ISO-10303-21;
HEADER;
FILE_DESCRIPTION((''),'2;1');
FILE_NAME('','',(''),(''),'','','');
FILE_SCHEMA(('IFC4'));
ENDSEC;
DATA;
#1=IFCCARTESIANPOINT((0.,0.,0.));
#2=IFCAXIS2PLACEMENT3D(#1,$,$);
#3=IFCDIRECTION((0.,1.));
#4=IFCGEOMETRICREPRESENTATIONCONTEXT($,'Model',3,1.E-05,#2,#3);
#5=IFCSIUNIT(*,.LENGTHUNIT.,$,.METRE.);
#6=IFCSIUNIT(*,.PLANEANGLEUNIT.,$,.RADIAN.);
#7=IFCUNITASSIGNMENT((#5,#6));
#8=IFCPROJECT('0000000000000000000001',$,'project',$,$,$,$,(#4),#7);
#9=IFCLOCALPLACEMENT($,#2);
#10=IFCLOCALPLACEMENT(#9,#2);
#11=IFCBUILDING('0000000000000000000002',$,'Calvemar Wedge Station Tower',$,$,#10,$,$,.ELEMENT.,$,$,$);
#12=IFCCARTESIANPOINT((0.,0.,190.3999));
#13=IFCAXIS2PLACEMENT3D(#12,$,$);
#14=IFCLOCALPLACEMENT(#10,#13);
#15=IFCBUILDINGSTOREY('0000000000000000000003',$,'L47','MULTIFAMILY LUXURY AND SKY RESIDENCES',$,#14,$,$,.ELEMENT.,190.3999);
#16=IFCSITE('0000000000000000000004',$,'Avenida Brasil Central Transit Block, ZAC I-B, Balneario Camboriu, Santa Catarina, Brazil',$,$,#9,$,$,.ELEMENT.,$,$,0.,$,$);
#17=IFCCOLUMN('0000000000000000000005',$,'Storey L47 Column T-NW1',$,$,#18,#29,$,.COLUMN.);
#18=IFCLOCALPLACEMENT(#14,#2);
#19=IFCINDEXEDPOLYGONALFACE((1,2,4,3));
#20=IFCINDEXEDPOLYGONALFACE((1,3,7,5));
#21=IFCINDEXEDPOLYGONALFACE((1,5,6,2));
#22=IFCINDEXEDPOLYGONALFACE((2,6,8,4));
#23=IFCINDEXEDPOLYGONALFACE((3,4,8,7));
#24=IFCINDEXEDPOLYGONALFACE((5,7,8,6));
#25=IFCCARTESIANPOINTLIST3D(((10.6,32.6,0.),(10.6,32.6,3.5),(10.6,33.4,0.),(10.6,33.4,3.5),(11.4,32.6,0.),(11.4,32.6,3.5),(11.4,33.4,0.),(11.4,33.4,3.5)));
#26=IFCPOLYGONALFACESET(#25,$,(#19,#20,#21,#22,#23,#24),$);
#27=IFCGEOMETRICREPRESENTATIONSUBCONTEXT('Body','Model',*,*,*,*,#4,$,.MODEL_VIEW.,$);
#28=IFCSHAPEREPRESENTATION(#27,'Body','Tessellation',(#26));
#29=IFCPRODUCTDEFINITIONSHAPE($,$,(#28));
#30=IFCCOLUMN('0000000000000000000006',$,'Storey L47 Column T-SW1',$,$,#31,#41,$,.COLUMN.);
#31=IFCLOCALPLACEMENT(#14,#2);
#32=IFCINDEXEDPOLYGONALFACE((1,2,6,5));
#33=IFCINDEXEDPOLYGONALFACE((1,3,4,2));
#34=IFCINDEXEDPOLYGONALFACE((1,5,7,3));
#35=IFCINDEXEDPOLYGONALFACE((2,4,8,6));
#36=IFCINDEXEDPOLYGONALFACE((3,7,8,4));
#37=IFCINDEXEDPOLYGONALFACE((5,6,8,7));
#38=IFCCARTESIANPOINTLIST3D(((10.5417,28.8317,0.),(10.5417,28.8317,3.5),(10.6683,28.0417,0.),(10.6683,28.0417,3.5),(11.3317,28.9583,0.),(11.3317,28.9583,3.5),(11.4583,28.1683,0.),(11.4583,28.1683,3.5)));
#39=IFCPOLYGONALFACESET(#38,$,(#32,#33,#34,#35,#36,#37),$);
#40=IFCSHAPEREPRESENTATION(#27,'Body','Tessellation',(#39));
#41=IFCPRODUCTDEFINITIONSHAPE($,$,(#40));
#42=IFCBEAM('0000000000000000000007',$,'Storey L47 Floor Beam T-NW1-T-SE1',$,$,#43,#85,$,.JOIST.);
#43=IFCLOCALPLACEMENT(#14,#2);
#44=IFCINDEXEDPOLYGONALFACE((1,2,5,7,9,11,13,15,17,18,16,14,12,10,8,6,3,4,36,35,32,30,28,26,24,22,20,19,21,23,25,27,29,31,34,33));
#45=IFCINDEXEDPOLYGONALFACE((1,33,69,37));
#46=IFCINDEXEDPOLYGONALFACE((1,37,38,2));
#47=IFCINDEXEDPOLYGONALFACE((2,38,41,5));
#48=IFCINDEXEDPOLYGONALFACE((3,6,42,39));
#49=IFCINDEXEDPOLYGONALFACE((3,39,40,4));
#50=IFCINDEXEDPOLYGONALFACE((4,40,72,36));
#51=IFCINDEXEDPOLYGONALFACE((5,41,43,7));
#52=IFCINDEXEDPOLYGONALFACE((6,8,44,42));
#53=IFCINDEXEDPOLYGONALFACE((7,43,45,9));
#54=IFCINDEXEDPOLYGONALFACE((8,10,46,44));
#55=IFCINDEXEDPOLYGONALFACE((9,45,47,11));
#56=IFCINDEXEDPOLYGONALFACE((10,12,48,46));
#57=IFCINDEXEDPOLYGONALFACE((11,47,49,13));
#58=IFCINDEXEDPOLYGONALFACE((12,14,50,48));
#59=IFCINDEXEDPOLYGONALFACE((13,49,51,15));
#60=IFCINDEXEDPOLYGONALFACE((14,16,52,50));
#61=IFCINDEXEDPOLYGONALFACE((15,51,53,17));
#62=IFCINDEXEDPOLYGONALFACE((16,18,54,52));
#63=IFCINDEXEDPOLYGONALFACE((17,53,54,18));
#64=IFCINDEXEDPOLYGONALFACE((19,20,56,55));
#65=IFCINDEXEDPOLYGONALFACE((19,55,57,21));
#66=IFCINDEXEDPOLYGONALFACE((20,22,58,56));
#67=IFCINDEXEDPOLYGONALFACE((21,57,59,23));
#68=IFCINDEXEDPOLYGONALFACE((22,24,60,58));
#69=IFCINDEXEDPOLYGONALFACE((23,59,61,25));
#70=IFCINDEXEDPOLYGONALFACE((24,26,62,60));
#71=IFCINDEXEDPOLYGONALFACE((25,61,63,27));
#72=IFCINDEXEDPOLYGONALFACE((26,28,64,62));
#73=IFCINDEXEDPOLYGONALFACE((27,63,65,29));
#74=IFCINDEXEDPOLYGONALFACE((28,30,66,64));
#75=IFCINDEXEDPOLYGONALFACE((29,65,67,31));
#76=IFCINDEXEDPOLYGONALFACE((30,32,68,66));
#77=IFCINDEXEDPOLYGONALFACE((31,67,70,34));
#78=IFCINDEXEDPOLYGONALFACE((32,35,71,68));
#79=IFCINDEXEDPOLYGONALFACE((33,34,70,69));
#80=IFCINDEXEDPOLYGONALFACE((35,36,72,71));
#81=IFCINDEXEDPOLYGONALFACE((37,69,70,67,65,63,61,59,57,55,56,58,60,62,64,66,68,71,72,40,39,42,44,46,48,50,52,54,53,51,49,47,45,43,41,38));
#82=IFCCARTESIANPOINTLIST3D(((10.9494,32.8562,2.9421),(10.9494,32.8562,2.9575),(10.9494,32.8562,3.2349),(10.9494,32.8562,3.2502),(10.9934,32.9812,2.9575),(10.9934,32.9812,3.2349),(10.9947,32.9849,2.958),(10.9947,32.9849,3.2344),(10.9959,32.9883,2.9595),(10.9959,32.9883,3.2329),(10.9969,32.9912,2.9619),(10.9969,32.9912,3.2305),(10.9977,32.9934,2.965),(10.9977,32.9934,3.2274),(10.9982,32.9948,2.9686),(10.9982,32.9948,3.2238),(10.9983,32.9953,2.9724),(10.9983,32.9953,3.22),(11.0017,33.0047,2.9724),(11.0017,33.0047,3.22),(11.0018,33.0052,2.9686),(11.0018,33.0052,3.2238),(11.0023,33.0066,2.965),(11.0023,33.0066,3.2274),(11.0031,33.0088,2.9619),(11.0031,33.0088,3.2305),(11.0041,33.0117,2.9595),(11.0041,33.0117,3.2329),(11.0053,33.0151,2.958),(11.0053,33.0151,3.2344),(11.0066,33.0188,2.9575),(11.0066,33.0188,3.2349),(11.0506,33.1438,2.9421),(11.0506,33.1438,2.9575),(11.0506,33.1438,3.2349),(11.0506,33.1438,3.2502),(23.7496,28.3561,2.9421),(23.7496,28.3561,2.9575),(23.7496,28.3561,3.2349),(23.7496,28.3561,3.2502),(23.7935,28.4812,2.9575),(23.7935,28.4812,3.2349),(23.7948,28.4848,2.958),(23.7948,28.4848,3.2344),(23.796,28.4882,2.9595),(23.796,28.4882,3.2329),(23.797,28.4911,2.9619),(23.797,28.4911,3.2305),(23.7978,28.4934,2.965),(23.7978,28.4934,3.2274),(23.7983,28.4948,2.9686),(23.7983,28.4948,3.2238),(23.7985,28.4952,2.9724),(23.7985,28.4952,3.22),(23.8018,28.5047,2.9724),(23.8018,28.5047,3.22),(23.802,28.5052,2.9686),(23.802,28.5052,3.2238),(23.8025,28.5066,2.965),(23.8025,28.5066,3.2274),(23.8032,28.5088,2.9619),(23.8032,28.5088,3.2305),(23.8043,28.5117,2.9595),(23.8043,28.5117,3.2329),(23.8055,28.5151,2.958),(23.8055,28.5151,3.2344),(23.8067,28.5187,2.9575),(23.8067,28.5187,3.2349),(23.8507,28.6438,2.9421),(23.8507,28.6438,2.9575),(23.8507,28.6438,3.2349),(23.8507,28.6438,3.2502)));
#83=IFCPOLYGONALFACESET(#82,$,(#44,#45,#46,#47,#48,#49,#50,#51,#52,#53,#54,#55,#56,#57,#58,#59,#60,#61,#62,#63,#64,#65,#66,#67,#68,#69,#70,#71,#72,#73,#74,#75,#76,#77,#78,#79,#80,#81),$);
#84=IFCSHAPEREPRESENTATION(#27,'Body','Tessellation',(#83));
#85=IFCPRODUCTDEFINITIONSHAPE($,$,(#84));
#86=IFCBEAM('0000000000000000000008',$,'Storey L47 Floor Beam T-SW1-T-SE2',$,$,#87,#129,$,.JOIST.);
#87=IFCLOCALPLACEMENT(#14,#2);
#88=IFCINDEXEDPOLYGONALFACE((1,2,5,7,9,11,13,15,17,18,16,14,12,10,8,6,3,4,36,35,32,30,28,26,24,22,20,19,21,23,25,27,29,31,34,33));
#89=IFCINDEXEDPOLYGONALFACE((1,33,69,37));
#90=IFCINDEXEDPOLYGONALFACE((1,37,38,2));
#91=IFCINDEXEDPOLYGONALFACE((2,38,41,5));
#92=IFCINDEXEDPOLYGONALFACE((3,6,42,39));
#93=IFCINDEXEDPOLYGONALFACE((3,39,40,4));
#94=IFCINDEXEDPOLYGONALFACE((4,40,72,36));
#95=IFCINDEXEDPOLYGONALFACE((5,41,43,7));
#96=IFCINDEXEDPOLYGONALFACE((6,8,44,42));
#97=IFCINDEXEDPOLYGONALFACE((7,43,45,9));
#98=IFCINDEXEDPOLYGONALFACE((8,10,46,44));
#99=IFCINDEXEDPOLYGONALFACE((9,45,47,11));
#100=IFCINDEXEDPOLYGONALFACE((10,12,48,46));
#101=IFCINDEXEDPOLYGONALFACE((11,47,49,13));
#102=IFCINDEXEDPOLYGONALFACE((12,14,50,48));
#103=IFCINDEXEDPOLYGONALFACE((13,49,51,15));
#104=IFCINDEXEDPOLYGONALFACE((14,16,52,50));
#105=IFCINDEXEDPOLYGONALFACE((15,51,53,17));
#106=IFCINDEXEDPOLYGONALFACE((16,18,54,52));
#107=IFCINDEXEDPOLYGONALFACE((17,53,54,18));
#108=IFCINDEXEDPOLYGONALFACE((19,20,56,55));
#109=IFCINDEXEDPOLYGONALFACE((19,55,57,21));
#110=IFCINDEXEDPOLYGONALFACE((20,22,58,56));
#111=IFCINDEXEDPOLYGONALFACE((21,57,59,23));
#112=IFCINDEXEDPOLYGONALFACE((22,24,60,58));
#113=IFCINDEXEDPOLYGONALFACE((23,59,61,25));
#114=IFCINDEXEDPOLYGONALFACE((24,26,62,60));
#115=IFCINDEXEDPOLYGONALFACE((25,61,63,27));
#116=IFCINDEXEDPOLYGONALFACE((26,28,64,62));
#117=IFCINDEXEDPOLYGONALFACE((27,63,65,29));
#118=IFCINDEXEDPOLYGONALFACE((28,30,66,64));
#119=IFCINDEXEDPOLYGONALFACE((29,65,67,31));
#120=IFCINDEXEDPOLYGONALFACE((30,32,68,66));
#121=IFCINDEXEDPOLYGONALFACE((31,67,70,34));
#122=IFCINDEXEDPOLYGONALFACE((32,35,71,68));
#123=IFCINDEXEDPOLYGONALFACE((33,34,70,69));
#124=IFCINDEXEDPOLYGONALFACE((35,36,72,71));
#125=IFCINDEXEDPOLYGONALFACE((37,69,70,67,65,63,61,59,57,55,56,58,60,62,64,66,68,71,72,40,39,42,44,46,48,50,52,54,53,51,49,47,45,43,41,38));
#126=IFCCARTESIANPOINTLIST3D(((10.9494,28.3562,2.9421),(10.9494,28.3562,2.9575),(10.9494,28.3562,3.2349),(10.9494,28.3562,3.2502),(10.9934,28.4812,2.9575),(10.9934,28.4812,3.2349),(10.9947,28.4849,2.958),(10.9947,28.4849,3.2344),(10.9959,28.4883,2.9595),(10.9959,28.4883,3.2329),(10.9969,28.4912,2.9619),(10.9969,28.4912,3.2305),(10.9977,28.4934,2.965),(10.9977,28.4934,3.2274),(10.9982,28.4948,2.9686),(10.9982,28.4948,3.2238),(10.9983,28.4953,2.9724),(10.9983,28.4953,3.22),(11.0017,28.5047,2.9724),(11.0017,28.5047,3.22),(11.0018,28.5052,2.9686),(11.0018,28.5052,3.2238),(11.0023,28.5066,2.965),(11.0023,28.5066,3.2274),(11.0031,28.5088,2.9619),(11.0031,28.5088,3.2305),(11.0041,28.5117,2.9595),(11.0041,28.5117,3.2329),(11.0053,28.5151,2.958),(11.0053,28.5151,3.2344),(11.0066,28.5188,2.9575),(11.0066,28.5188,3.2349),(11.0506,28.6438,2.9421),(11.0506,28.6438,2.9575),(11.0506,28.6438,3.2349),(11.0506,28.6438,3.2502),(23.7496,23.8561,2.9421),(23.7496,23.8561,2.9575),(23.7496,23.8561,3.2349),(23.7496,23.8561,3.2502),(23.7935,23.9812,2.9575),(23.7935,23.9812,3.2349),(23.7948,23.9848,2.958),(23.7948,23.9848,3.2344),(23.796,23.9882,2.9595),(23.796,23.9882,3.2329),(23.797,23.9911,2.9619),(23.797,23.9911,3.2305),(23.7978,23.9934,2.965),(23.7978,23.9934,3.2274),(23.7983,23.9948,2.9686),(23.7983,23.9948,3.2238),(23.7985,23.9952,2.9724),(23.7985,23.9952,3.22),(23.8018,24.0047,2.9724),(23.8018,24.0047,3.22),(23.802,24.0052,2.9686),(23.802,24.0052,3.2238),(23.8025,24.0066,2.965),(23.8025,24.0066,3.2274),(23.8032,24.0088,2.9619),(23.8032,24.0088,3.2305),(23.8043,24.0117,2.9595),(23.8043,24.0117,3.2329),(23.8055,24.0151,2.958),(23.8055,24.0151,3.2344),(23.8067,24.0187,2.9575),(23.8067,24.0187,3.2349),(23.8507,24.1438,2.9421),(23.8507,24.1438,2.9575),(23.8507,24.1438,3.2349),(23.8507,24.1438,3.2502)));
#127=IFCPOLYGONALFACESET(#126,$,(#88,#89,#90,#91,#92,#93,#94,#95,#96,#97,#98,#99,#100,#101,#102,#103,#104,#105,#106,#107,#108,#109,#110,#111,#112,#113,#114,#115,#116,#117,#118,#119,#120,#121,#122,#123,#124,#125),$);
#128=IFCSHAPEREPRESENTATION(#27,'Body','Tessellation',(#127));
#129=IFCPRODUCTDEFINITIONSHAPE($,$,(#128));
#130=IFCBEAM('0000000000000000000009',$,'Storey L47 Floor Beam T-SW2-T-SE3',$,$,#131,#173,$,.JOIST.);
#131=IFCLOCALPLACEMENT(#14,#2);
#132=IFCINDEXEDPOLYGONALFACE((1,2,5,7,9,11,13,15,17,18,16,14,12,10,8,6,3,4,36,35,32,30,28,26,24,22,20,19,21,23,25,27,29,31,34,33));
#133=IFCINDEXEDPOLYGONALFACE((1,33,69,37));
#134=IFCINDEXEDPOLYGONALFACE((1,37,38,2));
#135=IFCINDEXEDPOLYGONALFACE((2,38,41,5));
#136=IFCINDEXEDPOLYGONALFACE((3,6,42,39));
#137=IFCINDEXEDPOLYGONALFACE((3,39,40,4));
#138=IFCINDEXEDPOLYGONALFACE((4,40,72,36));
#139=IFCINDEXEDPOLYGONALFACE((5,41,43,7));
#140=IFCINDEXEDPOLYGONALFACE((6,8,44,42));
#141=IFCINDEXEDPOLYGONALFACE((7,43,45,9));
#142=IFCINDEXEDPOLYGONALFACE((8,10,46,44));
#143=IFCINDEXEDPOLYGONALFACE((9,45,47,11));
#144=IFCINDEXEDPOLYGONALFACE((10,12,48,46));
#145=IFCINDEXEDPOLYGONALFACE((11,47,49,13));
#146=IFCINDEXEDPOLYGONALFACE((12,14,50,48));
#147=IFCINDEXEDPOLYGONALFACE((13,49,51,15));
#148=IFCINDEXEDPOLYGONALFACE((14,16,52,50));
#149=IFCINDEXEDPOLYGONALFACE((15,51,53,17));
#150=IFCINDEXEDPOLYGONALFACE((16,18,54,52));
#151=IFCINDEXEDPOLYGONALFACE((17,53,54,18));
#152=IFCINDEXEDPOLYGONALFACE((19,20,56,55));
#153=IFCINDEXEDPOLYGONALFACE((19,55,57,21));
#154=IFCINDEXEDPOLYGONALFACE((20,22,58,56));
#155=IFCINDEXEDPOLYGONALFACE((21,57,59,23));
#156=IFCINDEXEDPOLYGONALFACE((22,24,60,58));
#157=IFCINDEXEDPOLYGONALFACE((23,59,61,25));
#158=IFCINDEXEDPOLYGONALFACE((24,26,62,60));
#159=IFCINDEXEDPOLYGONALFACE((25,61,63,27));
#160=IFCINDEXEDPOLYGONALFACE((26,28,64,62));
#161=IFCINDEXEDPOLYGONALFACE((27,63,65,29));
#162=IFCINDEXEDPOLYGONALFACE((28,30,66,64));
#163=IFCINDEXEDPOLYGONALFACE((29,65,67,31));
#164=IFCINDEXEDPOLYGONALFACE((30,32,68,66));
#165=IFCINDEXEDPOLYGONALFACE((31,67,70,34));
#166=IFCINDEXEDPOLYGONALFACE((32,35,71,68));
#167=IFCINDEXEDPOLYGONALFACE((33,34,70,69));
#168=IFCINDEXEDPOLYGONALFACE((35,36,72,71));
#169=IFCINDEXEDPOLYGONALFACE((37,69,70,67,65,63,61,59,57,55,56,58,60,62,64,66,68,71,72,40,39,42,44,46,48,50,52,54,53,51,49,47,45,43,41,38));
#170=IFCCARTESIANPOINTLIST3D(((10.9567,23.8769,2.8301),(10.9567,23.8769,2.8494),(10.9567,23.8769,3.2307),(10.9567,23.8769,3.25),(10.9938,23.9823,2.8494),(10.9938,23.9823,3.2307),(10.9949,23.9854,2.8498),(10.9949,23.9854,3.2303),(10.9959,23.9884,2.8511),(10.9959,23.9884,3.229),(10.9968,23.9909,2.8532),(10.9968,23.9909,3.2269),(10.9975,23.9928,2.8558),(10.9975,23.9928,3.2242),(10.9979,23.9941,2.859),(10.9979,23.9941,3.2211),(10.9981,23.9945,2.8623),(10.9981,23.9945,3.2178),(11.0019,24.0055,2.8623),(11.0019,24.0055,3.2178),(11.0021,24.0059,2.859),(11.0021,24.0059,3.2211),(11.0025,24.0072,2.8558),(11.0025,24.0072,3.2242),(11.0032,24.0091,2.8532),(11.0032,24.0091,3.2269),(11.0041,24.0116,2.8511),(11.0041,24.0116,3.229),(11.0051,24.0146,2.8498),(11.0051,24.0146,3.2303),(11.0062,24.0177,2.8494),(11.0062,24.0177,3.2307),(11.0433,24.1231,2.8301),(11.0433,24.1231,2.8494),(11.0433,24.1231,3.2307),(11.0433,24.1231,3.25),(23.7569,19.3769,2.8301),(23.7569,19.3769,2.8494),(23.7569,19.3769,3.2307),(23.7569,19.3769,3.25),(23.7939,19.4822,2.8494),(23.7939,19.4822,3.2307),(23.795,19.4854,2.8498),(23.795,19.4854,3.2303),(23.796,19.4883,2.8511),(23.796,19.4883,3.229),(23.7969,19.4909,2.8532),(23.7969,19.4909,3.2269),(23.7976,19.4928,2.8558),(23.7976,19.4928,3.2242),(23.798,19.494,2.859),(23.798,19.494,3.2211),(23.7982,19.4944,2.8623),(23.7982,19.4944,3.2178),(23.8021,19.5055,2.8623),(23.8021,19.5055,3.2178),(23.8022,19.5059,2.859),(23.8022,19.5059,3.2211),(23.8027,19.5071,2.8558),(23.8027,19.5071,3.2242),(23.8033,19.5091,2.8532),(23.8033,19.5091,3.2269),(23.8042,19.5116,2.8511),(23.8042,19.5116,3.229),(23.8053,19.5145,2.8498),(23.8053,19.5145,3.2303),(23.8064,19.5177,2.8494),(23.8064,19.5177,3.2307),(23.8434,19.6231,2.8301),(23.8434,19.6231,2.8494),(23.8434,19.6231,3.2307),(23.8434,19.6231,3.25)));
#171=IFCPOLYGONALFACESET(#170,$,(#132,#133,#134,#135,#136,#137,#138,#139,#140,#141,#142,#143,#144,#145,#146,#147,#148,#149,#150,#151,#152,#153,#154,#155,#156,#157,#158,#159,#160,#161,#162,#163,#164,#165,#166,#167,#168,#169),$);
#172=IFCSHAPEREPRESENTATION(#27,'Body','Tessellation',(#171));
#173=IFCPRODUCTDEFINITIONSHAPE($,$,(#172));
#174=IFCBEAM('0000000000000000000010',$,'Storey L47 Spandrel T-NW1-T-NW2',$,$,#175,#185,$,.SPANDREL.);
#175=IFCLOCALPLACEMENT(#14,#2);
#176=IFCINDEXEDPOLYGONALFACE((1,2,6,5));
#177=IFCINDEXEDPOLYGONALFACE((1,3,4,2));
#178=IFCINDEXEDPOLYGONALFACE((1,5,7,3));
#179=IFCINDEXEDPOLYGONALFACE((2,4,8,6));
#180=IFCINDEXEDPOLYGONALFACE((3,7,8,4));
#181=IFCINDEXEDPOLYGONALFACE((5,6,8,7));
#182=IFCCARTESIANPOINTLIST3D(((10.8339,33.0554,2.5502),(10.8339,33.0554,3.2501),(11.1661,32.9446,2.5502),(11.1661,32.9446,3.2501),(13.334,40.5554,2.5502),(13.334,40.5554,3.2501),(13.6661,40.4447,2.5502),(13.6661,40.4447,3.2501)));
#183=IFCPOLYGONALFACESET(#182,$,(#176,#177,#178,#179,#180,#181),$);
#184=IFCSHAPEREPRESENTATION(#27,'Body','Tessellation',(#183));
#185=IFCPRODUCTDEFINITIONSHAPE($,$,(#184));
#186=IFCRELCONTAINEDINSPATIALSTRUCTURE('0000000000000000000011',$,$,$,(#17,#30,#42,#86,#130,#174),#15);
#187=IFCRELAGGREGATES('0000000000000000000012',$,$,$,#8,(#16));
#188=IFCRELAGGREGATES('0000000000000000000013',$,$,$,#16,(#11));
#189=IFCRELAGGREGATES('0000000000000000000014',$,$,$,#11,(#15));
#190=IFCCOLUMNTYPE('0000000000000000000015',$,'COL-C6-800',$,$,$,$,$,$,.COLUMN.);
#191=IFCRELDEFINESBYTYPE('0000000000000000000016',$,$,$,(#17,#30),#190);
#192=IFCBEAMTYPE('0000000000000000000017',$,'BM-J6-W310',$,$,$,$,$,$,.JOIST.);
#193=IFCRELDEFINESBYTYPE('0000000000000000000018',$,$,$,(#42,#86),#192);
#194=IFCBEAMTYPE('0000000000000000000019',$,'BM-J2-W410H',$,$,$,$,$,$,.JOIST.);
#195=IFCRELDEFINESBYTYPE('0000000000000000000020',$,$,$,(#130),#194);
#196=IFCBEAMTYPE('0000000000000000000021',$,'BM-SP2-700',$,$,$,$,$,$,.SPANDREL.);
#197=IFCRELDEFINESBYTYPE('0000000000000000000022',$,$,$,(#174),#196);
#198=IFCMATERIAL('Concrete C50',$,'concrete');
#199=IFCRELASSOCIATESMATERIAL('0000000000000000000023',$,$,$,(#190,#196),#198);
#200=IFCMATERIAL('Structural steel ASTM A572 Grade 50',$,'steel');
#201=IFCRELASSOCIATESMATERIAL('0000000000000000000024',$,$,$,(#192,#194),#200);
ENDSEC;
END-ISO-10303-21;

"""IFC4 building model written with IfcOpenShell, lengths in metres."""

from ifc_helpers import new_model, si_unit, direction, frame, origin, origin_2d, place, context, subcontext, project, spatial, rectangle, i_section, extrude, source, transform, mapped, material, material_profile, profile_set, type_object, element, save


model = new_model("IFC4")

# Units and contexts
model_context = context("Model", 3, precision=1e-05, world=origin(), true_north=direction((0.0, 1.0)))
body_context = subcontext(model_context, "Body", "Model", "MODEL_VIEW")
ifc_project = project(units=[si_unit("LENGTHUNIT", "METRE"), si_unit("PLANEANGLEUNIT", "RADIAN")], contexts=[model_context])

# Site, building, storey
site_placement = place(None, origin())
site = spatial("IfcSite", under=ifc_project, at=site_placement, Name="Avenida Brasil Central Transit Block, ZAC I-B, Balneario Camboriu, Santa Catarina, Brazil", CompositionType="ELEMENT", RefElevation=0.0)
building_placement = place(site_placement, origin())
building = spatial("IfcBuilding", under=site, at=building_placement, Name="Calvemar Wedge Station Tower", CompositionType="ELEMENT")
storey_placement = place(building_placement, frame((0.0, 0.0, 190.3999)))
storey = spatial("IfcBuildingStorey", under=building, at=storey_placement, Name="L47", Description="MULTIFAMILY LUXURY AND SKY RESIDENCES", CompositionType="ELEMENT", Elevation=190.3999)

# Columns
ifc_material_1 = material(Name="Concrete C50", Category="concrete")
ifc_material_profile_1 = material_profile(ifc_material_1, rectangle(XDim=0.8, YDim=0.8, at=origin_2d()), Name="RC800x800")
ifc_profile_set_1 = profile_set([ifc_material_profile_1], Name="Concrete C50")
column_type = type_object("IfcColumnType", Name="COL-C6-800", PredefinedType="COLUMN", material=ifc_profile_set_1)
shared_shape_1 = source(origin(), body_context, "Body", "SweptSolid", [
    extrude(rectangle(XDim=0.8, YDim=0.8, at=origin_2d()), origin(), (0.0, 0.0, 1.0), 3.5),
])
for number, where, z_axis, x_axis, name in (
    (1, (11.0, 33.0, 0.0), (0.0, 0.0, 1.0), (1.0, 0.0, 0.0), "Storey L47 Column T-NW1"),
    (2, (11.0, 28.5, 0.0), (0.0, 0.0, 1.0), (0.158158, -0.987414, 0.0), "Storey L47 Column T-SW1"),
):
    element("IfcColumn", number, at=place(storey_placement, frame(where, z_axis=z_axis, x_axis=x_axis)), inside=storey, type_object=column_type, Name=name, PredefinedType="COLUMN", context=body_context, shape_type="MappedRepresentation", body=[
        mapped(shared_shape_1, transform((0.0, 0.0, 0.0), scale=1.0)),
    ])

# Beams
ifc_material_2 = material(Name="Structural steel ASTM A572 Grade 50", Category="steel")
ifc_material_profile_2 = material_profile(ifc_material_2, i_section(OverallWidth=0.3049, OverallDepth=0.3081, WebThickness=0.01, FlangeThickness=0.0154, FilletRadius=0.0149, at=origin_2d()), Name="W310x97")
ifc_profile_set_2 = profile_set([ifc_material_profile_2], Name="Structural steel ASTM A572 Grade 50")
beam_type_1 = type_object("IfcBeamType", Name="BM-J6-W310", PredefinedType="JOIST", material=ifc_profile_set_2)
shared_shape_2 = source(origin(), body_context, "Body", "SweptSolid", [
    extrude(i_section(OverallWidth=0.3049, OverallDepth=0.3081, WebThickness=0.01, FlangeThickness=0.0154, FilletRadius=0.0149, at=origin_2d()), origin(), (0.0, 0.0, 1.0), 13.5681),
])
for number, where, z_axis, x_axis, name in (
    (3, (11.0, 33.0, 3.0962), (0.943398, -0.331662, 0.0), (0.331662, 0.943398, 0.0), "Storey L47 Floor Beam T-NW1-T-SE1"),
    (4, (11.0, 28.5, 3.0962), (0.943398, -0.331662, 0.0), (0.331662, 0.943398, 0.0), "Storey L47 Floor Beam T-SW1-T-SE2"),
):
    element("IfcBeam", number, at=place(storey_placement, frame(where, z_axis=z_axis, x_axis=x_axis)), inside=storey, type_object=beam_type_1, Name=name, PredefinedType="JOIST", context=body_context, shape_type="MappedRepresentation", body=[
        mapped(shared_shape_2, transform((0.0, 0.0, 0.0), scale=1.0)),
    ])
ifc_material_profile_3 = material_profile(ifc_material_2, i_section(OverallWidth=0.261, OverallDepth=0.4199, WebThickness=0.0117, FlangeThickness=0.0193, FilletRadius=0.0129, at=origin_2d()), Name="W410x114")
ifc_profile_set_3 = profile_set([ifc_material_profile_3], Name="Structural steel ASTM A572 Grade 50")
beam_type_2 = type_object("IfcBeamType", Name="BM-J2-W410H", PredefinedType="JOIST", material=ifc_profile_set_3)
shared_shape_3 = source(origin(), body_context, "Body", "SweptSolid", [
    extrude(i_section(OverallWidth=0.261, OverallDepth=0.4199, WebThickness=0.0117, FlangeThickness=0.0193, FilletRadius=0.0129, at=origin_2d()), origin(), (0.0, 0.0, 1.0), 13.5681),
])
beam_1_placement = place(storey_placement, frame((11.0, 24.0, 3.04), z_axis=(0.943398, -0.331662, 0.0), x_axis=(0.331662, 0.943398, 0.0)))
element("IfcBeam", 5, at=beam_1_placement, inside=storey, type_object=beam_type_2, Name="Storey L47 Floor Beam T-SW2-T-SE3", PredefinedType="JOIST", context=body_context, shape_type="MappedRepresentation", body=[
    mapped(shared_shape_3, transform((0.0, 0.0, 0.0), scale=1.0)),
])
ifc_material_profile_4 = material_profile(ifc_material_1, rectangle(XDim=0.3501, YDim=0.7, at=origin_2d()), Name="RC350x700")
ifc_profile_set_4 = profile_set([ifc_material_profile_4], Name="Concrete C50")
beam_type_3 = type_object("IfcBeamType", Name="BM-SP2-700", PredefinedType="SPANDREL", material=ifc_profile_set_4)
shared_shape_4 = source(origin(), body_context, "Body", "SweptSolid", [
    extrude(rectangle(XDim=0.3501, YDim=0.7, at=origin_2d()), origin(), (0.0, 0.0, 1.0), 7.9058),
])
beam_2_placement = place(storey_placement, frame((11.0, 33.0, 2.9001), z_axis=(0.316228, 0.948683, 0.0), x_axis=(-0.948683, 0.316228, 0.0)))
element("IfcBeam", 6, at=beam_2_placement, inside=storey, type_object=beam_type_3, Name="Storey L47 Spandrel T-NW1-T-NW2", PredefinedType="SPANDREL", context=body_context, shape_type="MappedRepresentation", body=[
    mapped(shared_shape_4, transform((0.0, 0.0, 0.0), scale=1.0)),
])

save(model, "model.ifc")
